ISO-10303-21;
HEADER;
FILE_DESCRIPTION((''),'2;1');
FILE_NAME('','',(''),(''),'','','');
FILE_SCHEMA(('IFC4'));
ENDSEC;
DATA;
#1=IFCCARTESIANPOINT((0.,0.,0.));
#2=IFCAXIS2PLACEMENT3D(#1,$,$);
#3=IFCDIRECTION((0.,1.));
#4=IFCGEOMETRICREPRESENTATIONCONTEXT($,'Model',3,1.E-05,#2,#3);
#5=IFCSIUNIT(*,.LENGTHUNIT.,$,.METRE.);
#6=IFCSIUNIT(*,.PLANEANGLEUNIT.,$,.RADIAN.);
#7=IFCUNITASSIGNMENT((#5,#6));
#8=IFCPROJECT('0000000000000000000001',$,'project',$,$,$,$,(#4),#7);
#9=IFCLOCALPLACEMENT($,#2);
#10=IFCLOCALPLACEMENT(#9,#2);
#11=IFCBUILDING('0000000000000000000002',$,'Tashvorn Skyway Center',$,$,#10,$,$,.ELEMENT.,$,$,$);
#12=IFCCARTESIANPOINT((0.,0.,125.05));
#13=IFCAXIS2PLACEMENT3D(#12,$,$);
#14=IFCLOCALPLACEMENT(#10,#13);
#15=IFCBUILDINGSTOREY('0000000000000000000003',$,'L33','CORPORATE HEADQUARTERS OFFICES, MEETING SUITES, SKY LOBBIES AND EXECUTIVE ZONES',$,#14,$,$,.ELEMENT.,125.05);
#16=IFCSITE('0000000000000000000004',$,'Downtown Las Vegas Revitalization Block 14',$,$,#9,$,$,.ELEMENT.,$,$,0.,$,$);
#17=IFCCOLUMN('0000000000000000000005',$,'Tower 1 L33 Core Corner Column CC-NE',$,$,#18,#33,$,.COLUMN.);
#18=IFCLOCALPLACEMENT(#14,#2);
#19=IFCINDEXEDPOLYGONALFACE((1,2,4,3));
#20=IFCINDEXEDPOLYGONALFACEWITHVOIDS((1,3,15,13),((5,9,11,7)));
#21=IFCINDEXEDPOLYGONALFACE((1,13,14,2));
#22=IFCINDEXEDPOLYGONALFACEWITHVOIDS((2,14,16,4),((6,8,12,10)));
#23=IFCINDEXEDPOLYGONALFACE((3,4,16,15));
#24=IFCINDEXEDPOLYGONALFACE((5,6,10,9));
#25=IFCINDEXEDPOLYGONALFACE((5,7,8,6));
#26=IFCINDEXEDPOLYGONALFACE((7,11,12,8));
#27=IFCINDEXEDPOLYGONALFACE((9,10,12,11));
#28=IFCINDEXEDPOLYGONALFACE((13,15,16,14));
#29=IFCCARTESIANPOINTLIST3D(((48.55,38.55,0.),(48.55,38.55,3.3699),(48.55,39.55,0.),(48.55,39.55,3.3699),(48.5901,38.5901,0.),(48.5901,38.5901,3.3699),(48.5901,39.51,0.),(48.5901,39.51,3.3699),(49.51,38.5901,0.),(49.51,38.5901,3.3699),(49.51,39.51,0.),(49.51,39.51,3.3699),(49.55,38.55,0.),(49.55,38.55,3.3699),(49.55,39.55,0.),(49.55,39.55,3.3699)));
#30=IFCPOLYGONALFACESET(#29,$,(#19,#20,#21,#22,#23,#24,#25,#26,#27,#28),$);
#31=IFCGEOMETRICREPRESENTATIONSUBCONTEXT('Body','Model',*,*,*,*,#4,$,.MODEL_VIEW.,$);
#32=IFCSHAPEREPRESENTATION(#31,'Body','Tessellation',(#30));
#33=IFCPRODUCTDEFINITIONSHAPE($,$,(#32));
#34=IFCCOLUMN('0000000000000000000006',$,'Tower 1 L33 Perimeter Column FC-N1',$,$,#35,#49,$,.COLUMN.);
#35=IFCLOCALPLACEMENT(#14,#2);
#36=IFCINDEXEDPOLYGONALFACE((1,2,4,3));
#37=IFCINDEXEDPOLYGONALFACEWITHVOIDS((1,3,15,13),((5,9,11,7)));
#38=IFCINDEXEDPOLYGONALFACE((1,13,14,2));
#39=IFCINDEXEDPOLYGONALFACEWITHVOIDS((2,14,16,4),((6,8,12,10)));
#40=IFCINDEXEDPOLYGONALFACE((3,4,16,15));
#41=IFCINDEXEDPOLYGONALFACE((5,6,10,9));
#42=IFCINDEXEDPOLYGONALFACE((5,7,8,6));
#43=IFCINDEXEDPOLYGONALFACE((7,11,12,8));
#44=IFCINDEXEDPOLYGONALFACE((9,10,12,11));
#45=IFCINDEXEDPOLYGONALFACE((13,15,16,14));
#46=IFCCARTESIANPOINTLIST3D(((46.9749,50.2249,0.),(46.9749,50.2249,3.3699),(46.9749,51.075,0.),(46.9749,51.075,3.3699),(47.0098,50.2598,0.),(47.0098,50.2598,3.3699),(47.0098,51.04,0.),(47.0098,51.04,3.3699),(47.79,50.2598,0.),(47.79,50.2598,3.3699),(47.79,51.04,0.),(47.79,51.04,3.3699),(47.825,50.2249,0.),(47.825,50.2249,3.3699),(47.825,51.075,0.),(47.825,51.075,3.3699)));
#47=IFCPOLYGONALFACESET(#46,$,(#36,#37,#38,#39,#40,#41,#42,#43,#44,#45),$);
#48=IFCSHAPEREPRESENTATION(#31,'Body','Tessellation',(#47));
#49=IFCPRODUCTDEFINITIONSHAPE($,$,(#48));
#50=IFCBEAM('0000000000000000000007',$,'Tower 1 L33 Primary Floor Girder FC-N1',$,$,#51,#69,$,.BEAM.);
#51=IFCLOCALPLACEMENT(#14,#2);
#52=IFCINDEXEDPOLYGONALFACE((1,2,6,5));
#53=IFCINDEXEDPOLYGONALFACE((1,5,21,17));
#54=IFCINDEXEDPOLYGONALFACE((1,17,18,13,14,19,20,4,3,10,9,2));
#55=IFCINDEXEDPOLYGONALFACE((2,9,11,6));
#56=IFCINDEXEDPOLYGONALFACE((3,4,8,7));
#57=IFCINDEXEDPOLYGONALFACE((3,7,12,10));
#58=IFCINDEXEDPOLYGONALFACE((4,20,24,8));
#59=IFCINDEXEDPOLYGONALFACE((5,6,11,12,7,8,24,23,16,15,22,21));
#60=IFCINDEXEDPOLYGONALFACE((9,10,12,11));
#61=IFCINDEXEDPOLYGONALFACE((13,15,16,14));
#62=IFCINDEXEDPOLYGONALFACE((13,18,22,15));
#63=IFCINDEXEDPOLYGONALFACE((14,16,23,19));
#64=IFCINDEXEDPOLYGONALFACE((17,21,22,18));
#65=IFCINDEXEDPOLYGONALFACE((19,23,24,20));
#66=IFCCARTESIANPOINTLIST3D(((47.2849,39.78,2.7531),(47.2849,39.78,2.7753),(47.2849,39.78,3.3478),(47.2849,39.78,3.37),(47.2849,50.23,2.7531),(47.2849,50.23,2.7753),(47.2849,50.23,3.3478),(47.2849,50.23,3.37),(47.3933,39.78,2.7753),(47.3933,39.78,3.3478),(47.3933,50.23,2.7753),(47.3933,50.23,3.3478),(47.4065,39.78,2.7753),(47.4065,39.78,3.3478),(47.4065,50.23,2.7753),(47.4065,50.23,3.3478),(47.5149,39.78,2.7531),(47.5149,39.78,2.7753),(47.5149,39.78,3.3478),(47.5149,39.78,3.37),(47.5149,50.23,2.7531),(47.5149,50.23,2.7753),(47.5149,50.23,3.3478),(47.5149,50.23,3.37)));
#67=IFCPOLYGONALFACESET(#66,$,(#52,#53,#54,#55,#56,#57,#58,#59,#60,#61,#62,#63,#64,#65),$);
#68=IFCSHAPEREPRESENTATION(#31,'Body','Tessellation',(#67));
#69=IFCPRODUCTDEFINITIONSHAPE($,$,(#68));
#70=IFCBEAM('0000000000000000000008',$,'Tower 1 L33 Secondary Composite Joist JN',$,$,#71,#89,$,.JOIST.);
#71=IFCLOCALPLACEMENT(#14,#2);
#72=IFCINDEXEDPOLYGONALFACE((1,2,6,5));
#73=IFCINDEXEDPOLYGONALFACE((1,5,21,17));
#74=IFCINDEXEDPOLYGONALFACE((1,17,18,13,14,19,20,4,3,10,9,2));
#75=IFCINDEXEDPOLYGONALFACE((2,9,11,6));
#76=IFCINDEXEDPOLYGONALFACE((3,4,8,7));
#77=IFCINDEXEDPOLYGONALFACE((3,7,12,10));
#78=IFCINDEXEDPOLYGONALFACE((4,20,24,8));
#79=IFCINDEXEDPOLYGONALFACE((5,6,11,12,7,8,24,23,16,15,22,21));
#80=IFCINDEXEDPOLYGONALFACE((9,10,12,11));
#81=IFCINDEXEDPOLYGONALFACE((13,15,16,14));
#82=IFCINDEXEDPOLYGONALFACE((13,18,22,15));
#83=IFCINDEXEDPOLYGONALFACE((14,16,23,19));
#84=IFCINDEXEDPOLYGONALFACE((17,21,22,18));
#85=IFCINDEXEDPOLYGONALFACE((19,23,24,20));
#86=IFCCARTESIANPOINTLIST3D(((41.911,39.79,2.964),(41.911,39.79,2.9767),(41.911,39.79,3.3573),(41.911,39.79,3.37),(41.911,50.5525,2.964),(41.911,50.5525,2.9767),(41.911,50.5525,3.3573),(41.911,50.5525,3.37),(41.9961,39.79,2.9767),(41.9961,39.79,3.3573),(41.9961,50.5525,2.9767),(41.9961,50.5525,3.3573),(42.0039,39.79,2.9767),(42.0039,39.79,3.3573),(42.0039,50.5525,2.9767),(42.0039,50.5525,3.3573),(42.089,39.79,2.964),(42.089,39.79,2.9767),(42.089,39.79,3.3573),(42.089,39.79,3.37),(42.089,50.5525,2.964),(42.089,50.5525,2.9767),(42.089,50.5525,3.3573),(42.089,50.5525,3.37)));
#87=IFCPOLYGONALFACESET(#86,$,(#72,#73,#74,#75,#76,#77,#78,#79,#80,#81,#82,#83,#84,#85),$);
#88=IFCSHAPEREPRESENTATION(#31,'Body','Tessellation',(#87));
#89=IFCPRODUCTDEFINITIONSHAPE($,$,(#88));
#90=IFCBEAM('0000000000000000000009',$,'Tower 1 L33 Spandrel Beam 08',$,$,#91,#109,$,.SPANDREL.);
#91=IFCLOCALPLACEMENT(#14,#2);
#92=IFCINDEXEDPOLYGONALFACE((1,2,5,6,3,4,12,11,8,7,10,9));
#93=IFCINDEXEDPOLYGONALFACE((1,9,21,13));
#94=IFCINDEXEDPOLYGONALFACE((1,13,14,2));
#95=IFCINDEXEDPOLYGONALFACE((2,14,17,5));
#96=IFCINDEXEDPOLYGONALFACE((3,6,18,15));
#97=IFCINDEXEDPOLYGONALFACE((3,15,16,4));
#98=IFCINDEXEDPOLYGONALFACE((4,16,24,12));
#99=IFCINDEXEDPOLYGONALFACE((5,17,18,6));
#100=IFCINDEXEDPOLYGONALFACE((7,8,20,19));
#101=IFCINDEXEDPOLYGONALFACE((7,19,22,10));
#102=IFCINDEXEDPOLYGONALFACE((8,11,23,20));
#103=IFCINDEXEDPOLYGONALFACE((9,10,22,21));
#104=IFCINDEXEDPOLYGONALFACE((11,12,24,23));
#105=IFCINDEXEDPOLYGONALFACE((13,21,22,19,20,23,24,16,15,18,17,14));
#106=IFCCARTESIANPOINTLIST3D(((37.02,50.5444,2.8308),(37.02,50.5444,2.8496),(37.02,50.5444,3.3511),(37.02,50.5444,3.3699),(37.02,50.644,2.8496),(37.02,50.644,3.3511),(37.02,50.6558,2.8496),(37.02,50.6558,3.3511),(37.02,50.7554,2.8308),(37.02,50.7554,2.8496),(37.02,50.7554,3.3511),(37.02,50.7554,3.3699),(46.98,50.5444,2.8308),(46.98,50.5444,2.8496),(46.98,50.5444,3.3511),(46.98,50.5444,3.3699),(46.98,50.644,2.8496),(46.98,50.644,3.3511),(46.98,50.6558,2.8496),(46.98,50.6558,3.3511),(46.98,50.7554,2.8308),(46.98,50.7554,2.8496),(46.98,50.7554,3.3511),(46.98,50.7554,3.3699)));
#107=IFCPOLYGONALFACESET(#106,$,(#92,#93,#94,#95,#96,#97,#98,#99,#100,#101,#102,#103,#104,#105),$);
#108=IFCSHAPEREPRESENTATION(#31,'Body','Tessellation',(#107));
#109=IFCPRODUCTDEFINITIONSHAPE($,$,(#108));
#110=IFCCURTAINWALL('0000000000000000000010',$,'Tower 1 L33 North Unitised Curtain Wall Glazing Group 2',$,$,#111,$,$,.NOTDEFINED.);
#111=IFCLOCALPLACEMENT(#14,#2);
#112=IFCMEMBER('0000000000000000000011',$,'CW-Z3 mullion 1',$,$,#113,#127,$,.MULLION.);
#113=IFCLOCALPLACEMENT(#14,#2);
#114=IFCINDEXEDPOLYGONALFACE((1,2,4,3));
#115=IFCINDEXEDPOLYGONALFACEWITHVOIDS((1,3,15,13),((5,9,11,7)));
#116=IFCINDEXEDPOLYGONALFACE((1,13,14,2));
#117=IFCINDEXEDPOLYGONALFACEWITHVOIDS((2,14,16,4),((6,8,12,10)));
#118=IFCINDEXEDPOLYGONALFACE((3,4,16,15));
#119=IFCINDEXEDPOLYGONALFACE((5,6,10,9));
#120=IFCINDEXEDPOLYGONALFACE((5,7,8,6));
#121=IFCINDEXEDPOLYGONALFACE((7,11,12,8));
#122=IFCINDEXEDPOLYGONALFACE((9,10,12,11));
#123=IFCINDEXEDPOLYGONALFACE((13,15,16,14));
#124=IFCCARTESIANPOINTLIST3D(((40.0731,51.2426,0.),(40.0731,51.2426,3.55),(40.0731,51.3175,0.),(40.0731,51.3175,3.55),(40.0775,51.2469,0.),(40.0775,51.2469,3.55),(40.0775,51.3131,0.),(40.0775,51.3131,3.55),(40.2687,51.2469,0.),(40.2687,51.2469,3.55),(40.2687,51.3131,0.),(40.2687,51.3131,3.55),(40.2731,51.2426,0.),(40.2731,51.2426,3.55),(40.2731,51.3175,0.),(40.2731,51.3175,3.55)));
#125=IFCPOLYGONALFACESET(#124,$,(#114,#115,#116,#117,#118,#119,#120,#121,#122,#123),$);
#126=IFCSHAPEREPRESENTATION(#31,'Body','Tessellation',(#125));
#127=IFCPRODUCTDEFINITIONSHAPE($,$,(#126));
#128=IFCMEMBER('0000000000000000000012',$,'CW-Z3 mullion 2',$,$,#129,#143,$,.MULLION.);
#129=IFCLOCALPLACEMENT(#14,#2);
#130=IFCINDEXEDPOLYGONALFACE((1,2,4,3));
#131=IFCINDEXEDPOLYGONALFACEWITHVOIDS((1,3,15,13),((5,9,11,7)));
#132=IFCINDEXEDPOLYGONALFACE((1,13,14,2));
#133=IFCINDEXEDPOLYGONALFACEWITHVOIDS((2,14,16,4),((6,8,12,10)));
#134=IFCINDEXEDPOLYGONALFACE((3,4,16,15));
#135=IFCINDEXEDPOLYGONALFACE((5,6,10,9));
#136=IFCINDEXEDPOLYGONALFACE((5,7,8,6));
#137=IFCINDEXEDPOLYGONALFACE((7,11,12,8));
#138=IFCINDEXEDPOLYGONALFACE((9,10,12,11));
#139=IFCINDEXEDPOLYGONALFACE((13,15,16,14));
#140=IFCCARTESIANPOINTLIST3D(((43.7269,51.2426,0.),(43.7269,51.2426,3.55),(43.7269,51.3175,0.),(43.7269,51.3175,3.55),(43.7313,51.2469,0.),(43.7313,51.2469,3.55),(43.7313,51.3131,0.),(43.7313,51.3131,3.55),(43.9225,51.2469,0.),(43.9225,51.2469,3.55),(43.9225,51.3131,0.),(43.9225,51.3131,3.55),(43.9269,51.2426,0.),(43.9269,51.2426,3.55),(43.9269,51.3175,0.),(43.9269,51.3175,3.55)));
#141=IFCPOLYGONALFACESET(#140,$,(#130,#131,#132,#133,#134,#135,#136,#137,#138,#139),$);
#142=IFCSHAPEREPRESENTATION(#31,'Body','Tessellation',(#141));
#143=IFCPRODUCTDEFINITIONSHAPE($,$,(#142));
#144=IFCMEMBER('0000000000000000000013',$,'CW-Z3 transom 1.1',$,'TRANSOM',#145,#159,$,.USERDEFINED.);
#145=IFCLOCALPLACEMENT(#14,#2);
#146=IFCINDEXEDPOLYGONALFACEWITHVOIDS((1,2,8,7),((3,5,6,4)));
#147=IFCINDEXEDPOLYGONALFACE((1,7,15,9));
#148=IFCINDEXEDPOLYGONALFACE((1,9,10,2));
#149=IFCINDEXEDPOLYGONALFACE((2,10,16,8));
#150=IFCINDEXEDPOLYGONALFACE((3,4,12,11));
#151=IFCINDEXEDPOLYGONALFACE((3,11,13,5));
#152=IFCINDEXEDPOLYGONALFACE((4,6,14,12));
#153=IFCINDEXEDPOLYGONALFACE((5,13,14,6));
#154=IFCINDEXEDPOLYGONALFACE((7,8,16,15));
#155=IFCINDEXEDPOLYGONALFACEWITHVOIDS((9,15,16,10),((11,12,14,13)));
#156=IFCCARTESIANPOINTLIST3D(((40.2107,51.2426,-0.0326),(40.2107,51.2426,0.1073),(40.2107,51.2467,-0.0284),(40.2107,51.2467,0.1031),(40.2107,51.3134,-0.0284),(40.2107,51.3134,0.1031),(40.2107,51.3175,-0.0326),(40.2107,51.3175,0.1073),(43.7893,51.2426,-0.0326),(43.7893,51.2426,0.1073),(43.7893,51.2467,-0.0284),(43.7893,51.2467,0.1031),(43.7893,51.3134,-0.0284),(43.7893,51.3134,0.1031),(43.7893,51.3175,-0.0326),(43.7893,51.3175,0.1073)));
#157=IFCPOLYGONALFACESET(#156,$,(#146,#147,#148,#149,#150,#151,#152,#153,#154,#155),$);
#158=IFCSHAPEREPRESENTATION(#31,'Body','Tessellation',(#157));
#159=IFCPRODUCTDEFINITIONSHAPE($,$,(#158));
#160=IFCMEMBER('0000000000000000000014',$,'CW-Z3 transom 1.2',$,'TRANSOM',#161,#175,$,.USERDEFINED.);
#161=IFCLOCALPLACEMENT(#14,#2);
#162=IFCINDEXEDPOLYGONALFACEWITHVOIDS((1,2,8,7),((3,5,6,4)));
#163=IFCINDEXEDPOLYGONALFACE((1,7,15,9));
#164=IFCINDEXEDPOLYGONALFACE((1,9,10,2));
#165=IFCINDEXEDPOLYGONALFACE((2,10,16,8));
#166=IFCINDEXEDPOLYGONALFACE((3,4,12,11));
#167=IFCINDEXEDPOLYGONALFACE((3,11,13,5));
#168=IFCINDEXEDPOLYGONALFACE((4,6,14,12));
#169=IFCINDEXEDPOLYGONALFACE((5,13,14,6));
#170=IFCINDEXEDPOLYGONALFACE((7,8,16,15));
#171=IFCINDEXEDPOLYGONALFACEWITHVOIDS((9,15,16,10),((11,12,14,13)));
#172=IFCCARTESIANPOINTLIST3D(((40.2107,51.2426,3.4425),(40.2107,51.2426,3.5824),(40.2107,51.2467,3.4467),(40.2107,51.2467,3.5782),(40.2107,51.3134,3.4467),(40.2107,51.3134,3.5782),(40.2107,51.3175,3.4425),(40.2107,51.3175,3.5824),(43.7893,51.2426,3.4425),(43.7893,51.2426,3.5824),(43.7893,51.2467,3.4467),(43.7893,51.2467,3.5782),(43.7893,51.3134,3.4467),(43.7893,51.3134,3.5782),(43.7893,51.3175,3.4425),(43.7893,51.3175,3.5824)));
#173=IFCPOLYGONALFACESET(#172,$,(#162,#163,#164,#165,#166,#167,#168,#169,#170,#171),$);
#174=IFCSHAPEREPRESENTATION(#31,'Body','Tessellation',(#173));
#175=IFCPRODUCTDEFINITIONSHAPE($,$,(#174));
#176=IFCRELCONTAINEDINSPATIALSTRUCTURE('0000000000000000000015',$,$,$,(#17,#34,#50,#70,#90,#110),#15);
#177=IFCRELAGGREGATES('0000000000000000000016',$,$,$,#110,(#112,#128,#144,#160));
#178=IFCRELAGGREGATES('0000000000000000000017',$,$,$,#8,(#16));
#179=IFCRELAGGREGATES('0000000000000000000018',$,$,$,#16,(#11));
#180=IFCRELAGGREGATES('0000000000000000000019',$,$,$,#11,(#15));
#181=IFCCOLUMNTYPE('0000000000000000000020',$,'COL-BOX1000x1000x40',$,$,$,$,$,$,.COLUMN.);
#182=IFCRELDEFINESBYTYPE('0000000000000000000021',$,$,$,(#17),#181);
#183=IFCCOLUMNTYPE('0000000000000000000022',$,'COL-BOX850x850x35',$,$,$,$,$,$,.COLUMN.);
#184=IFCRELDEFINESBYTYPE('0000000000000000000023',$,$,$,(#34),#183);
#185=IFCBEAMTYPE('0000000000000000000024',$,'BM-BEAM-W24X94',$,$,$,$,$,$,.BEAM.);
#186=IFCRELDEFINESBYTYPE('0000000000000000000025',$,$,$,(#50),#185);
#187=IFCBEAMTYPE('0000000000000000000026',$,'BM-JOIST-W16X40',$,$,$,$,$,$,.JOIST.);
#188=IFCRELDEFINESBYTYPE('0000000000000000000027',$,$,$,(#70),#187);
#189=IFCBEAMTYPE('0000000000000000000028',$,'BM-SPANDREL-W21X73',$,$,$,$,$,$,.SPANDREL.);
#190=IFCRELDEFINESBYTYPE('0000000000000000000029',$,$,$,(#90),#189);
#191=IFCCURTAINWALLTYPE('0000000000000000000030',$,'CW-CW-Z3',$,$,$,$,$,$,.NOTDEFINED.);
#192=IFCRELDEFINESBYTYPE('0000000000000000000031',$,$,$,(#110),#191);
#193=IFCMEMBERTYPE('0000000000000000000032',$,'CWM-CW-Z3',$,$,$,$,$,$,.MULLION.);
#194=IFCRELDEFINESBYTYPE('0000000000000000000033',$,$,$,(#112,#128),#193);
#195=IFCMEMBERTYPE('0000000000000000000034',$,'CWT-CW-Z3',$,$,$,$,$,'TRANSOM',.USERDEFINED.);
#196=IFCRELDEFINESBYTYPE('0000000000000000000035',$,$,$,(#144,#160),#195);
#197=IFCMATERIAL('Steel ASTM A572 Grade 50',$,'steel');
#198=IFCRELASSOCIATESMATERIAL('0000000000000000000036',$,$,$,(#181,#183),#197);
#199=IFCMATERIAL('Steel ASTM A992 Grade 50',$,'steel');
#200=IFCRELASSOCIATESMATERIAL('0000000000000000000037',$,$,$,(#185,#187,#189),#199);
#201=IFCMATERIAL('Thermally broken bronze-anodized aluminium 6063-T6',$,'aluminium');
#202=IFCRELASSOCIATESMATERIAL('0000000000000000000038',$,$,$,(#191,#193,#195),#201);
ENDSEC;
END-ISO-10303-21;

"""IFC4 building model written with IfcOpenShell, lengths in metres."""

from ifc_helpers import new_model, si_unit, direction, frame, origin, origin_2d, place, context, subcontext, project, spatial, hollow_rectangle, i_section, extrude, material, material_profile, profile_set, type_object, element, aggregate, save


model = new_model("IFC4")

# Units and contexts
model_context = context("Model", 3, precision=1e-05, world=origin(), true_north=direction((0.0, 1.0)))
body_context = subcontext(model_context, "Body", "Model", "MODEL_VIEW")
ifc_project = project(units=[si_unit("LENGTHUNIT", "METRE"), si_unit("PLANEANGLEUNIT", "RADIAN")], contexts=[model_context])

# Site, building, storey
site_placement = place(None, origin())
site = spatial("IfcSite", under=ifc_project, at=site_placement, Name="Downtown Las Vegas Revitalization Block 14", CompositionType="ELEMENT", RefElevation=0.0)
building_placement = place(site_placement, origin())
building = spatial("IfcBuilding", under=site, at=building_placement, Name="Tashvorn Skyway Center", CompositionType="ELEMENT")
storey_placement = place(building_placement, frame((0.0, 0.0, 125.05)))
storey = spatial("IfcBuildingStorey", under=building, at=storey_placement, Name="L33", Description="CORPORATE HEADQUARTERS OFFICES, MEETING SUITES, SKY LOBBIES AND EXECUTIVE ZONES", CompositionType="ELEMENT", Elevation=125.05)

# Columns
ifc_material_1 = material(Name="Steel ASTM A572 Grade 50", Category="steel")
ifc_material_profile_1 = material_profile(ifc_material_1, hollow_rectangle(XDim=1.0, YDim=1.0, WallThickness=0.04, at=origin_2d()), Name="BOX1000x1000x40")
ifc_profile_set_1 = profile_set([ifc_material_profile_1], Name="Steel ASTM A572 Grade 50")
column_type_1 = type_object("IfcColumnType", Name="COL-BOX1000x1000x40", PredefinedType="COLUMN", material=ifc_profile_set_1)
column_1_placement = place(storey_placement, frame((49.05, 39.05, 0.0), z_axis=(0.0, 0.0, 1.0), x_axis=(1.0, 0.0, 0.0)))
element("IfcColumn", 1, at=column_1_placement, inside=storey, type_object=column_type_1, Name="Tower 1 L33 Core Corner Column CC-NE", PredefinedType="COLUMN", context=body_context, shape_type="SweptSolid", body=[
    extrude(hollow_rectangle(XDim=1.0, YDim=1.0, WallThickness=0.04, at=origin_2d()), origin(), (0.0, 0.0, 1.0), 3.3699),
])
ifc_material_profile_2 = material_profile(ifc_material_1, hollow_rectangle(XDim=0.8501, YDim=0.8501, WallThickness=0.0349, at=origin_2d()), Name="BOX850x850x35")
ifc_profile_set_2 = profile_set([ifc_material_profile_2], Name="Steel ASTM A572 Grade 50")
column_type_2 = type_object("IfcColumnType", Name="COL-BOX850x850x35", PredefinedType="COLUMN", material=ifc_profile_set_2)
column_2_placement = place(storey_placement, frame((47.3999, 50.6499, 0.0), z_axis=(0.0, 0.0, 1.0), x_axis=(1.0, 0.0, 0.0)))
element("IfcColumn", 2, at=column_2_placement, inside=storey, type_object=column_type_2, Name="Tower 1 L33 Perimeter Column FC-N1", PredefinedType="COLUMN", context=body_context, shape_type="SweptSolid", body=[
    extrude(hollow_rectangle(XDim=0.8501, YDim=0.8501, WallThickness=0.0349, at=origin_2d()), origin(), (0.0, 0.0, 1.0), 3.3699),
])

# Beams
ifc_material_2 = material(Name="Steel ASTM A992 Grade 50", Category="steel")
ifc_material_profile_3 = material_profile(ifc_material_2, i_section(OverallWidth=0.23, OverallDepth=0.6169, WebThickness=0.0132, FlangeThickness=0.0222, at=origin_2d()), Name="W24X94")
ifc_profile_set_3 = profile_set([ifc_material_profile_3], Name="Steel ASTM A992 Grade 50")
beam_type_1 = type_object("IfcBeamType", Name="BM-BEAM-W24X94", PredefinedType="BEAM", material=ifc_profile_set_3)
beam_1_placement = place(storey_placement, frame((47.3999, 50.23, 3.0615), z_axis=(0.0, -1.0, 0.0), x_axis=(1.0, 0.0, 0.0)))
element("IfcBeam", 3, at=beam_1_placement, inside=storey, type_object=beam_type_1, Name="Tower 1 L33 Primary Floor Girder FC-N1", PredefinedType="BEAM", context=body_context, shape_type="SweptSolid", body=[
    extrude(i_section(OverallWidth=0.23, OverallDepth=0.6169, WebThickness=0.0132, FlangeThickness=0.0222, at=origin_2d()), origin(), (0.0, 0.0, 1.0), 10.45),
])
ifc_material_profile_4 = material_profile(ifc_material_2, i_section(OverallWidth=0.178, OverallDepth=0.406, WebThickness=0.0078, FlangeThickness=0.0127, at=origin_2d()), Name="W16X40")
ifc_profile_set_4 = profile_set([ifc_material_profile_4], Name="Steel ASTM A992 Grade 50")
beam_type_2 = type_object("IfcBeamType", Name="BM-JOIST-W16X40", PredefinedType="JOIST", material=ifc_profile_set_4)
beam_2_placement = place(storey_placement, frame((42.0, 39.79, 3.167), z_axis=(0.0, 1.0, 0.0), x_axis=(-1.0, 0.0, 0.0)))
element("IfcBeam", 4, at=beam_2_placement, inside=storey, type_object=beam_type_2, Name="Tower 1 L33 Secondary Composite Joist JN", PredefinedType="JOIST", context=body_context, shape_type="SweptSolid", body=[
    extrude(i_section(OverallWidth=0.178, OverallDepth=0.406, WebThickness=0.0078, FlangeThickness=0.0127, at=origin_2d()), origin(), (0.0, 0.0, 1.0), 10.7625),
])
ifc_material_profile_5 = material_profile(ifc_material_2, i_section(OverallWidth=0.2109, OverallDepth=0.5391, WebThickness=0.0117, FlangeThickness=0.0188, at=origin_2d()), Name="W21X73")
ifc_profile_set_5 = profile_set([ifc_material_profile_5], Name="Steel ASTM A992 Grade 50")
beam_type_3 = type_object("IfcBeamType", Name="BM-SPANDREL-W21X73", PredefinedType="SPANDREL", material=ifc_profile_set_5)
beam_3_placement = place(storey_placement, frame((46.98, 50.6499, 3.1003), z_axis=(-1.0, 0.0, 0.0), x_axis=(0.0, -1.0, 0.0)))
element("IfcBeam", 5, at=beam_3_placement, inside=storey, type_object=beam_type_3, Name="Tower 1 L33 Spandrel Beam 08", PredefinedType="SPANDREL", context=body_context, shape_type="SweptSolid", body=[
    extrude(i_section(OverallWidth=0.2109, OverallDepth=0.5391, WebThickness=0.0117, FlangeThickness=0.0188, at=origin_2d()), origin(), (0.0, 0.0, 1.0), 9.96),
])

# Curtain wall, members
ifc_material_3 = material(Name="Thermally broken bronze-anodized aluminium 6063-T6", Category="aluminium")
curtain_wall_type = type_object("IfcCurtainWallType", Name="CW-CW-Z3", PredefinedType="NOTDEFINED", material=ifc_material_3)
curtain_wall_placement = place(storey_placement, origin())
curtain_wall = element("IfcCurtainWall", 6, at=curtain_wall_placement, inside=storey, type_object=curtain_wall_type, Name="Tower 1 L33 North Unitised Curtain Wall Glazing Group 2", PredefinedType="NOTDEFINED")
ifc_material_profile_6 = material_profile(ifc_material_3, hollow_rectangle(XDim=0.075, YDim=0.2, WallThickness=0.0044, at=origin_2d()), Name="ALU-MULL-75x200")
ifc_profile_set_6 = profile_set([ifc_material_profile_6], Name="Thermally broken bronze-anodized aluminium 6063-T6")
member_type_1 = type_object("IfcMemberType", Name="CWM-CW-Z3", PredefinedType="MULLION", material=ifc_profile_set_6)
member_1_placement = place(storey_placement, frame((40.1731, 51.28, 0.0), z_axis=(0.0, 0.0, 1.0), x_axis=(0.0, 1.0, 0.0)))
member_1 = element("IfcMember", 7, at=member_1_placement, type_object=member_type_1, Name="CW-Z3 mullion 1", PredefinedType="MULLION", context=body_context, shape_type="SweptSolid", body=[
    extrude(hollow_rectangle(XDim=0.075, YDim=0.2, WallThickness=0.0044, at=origin_2d()), origin(), (0.0, 0.0, 1.0), 3.55),
])
member_2_placement = place(storey_placement, frame((43.8269, 51.28, 0.0), z_axis=(0.0, 0.0, 1.0), x_axis=(0.0, 1.0, 0.0)))
member_2 = element("IfcMember", 8, at=member_2_placement, type_object=member_type_1, Name="CW-Z3 mullion 2", PredefinedType="MULLION", context=body_context, shape_type="SweptSolid", body=[
    extrude(hollow_rectangle(XDim=0.075, YDim=0.2, WallThickness=0.0044, at=origin_2d()), origin(), (0.0, 0.0, 1.0), 3.55),
])
ifc_material_profile_7 = material_profile(ifc_material_3, hollow_rectangle(XDim=0.075, YDim=0.1399, WallThickness=0.0042, at=origin_2d()), Name="ALU-TRAN-75x140")
ifc_profile_set_7 = profile_set([ifc_material_profile_7], Name="Thermally broken bronze-anodized aluminium 6063-T6")
member_type_2 = type_object("IfcMemberType", Name="CWT-CW-Z3", ElementType="TRANSOM", PredefinedType="USERDEFINED", material=ifc_profile_set_7)
member_3_placement = place(storey_placement, frame((40.2107, 51.28, 0.0374), z_axis=(1.0, 0.0, 0.0), x_axis=(0.0, 1.0, 0.0)))
member_3 = element("IfcMember", 9, at=member_3_placement, type_object=member_type_2, Name="CW-Z3 transom 1.1", ObjectType="TRANSOM", PredefinedType="USERDEFINED", context=body_context, shape_type="SweptSolid", body=[
    extrude(hollow_rectangle(XDim=0.075, YDim=0.1399, WallThickness=0.0042, at=origin_2d()), origin(), (0.0, 0.0, 1.0), 3.5786),
])
member_4_placement = place(storey_placement, frame((40.2107, 51.28, 3.5125), z_axis=(1.0, 0.0, 0.0), x_axis=(0.0, 1.0, 0.0)))
member_4 = element("IfcMember", 10, at=member_4_placement, type_object=member_type_2, Name="CW-Z3 transom 1.2", ObjectType="TRANSOM", PredefinedType="USERDEFINED", context=body_context, shape_type="SweptSolid", body=[
    extrude(hollow_rectangle(XDim=0.075, YDim=0.1399, WallThickness=0.0042, at=origin_2d()), origin(), (0.0, 0.0, 1.0), 3.5786),
])
aggregate(curtain_wall, [member_1, member_2, member_3, member_4])

save(model, "model.ifc")
